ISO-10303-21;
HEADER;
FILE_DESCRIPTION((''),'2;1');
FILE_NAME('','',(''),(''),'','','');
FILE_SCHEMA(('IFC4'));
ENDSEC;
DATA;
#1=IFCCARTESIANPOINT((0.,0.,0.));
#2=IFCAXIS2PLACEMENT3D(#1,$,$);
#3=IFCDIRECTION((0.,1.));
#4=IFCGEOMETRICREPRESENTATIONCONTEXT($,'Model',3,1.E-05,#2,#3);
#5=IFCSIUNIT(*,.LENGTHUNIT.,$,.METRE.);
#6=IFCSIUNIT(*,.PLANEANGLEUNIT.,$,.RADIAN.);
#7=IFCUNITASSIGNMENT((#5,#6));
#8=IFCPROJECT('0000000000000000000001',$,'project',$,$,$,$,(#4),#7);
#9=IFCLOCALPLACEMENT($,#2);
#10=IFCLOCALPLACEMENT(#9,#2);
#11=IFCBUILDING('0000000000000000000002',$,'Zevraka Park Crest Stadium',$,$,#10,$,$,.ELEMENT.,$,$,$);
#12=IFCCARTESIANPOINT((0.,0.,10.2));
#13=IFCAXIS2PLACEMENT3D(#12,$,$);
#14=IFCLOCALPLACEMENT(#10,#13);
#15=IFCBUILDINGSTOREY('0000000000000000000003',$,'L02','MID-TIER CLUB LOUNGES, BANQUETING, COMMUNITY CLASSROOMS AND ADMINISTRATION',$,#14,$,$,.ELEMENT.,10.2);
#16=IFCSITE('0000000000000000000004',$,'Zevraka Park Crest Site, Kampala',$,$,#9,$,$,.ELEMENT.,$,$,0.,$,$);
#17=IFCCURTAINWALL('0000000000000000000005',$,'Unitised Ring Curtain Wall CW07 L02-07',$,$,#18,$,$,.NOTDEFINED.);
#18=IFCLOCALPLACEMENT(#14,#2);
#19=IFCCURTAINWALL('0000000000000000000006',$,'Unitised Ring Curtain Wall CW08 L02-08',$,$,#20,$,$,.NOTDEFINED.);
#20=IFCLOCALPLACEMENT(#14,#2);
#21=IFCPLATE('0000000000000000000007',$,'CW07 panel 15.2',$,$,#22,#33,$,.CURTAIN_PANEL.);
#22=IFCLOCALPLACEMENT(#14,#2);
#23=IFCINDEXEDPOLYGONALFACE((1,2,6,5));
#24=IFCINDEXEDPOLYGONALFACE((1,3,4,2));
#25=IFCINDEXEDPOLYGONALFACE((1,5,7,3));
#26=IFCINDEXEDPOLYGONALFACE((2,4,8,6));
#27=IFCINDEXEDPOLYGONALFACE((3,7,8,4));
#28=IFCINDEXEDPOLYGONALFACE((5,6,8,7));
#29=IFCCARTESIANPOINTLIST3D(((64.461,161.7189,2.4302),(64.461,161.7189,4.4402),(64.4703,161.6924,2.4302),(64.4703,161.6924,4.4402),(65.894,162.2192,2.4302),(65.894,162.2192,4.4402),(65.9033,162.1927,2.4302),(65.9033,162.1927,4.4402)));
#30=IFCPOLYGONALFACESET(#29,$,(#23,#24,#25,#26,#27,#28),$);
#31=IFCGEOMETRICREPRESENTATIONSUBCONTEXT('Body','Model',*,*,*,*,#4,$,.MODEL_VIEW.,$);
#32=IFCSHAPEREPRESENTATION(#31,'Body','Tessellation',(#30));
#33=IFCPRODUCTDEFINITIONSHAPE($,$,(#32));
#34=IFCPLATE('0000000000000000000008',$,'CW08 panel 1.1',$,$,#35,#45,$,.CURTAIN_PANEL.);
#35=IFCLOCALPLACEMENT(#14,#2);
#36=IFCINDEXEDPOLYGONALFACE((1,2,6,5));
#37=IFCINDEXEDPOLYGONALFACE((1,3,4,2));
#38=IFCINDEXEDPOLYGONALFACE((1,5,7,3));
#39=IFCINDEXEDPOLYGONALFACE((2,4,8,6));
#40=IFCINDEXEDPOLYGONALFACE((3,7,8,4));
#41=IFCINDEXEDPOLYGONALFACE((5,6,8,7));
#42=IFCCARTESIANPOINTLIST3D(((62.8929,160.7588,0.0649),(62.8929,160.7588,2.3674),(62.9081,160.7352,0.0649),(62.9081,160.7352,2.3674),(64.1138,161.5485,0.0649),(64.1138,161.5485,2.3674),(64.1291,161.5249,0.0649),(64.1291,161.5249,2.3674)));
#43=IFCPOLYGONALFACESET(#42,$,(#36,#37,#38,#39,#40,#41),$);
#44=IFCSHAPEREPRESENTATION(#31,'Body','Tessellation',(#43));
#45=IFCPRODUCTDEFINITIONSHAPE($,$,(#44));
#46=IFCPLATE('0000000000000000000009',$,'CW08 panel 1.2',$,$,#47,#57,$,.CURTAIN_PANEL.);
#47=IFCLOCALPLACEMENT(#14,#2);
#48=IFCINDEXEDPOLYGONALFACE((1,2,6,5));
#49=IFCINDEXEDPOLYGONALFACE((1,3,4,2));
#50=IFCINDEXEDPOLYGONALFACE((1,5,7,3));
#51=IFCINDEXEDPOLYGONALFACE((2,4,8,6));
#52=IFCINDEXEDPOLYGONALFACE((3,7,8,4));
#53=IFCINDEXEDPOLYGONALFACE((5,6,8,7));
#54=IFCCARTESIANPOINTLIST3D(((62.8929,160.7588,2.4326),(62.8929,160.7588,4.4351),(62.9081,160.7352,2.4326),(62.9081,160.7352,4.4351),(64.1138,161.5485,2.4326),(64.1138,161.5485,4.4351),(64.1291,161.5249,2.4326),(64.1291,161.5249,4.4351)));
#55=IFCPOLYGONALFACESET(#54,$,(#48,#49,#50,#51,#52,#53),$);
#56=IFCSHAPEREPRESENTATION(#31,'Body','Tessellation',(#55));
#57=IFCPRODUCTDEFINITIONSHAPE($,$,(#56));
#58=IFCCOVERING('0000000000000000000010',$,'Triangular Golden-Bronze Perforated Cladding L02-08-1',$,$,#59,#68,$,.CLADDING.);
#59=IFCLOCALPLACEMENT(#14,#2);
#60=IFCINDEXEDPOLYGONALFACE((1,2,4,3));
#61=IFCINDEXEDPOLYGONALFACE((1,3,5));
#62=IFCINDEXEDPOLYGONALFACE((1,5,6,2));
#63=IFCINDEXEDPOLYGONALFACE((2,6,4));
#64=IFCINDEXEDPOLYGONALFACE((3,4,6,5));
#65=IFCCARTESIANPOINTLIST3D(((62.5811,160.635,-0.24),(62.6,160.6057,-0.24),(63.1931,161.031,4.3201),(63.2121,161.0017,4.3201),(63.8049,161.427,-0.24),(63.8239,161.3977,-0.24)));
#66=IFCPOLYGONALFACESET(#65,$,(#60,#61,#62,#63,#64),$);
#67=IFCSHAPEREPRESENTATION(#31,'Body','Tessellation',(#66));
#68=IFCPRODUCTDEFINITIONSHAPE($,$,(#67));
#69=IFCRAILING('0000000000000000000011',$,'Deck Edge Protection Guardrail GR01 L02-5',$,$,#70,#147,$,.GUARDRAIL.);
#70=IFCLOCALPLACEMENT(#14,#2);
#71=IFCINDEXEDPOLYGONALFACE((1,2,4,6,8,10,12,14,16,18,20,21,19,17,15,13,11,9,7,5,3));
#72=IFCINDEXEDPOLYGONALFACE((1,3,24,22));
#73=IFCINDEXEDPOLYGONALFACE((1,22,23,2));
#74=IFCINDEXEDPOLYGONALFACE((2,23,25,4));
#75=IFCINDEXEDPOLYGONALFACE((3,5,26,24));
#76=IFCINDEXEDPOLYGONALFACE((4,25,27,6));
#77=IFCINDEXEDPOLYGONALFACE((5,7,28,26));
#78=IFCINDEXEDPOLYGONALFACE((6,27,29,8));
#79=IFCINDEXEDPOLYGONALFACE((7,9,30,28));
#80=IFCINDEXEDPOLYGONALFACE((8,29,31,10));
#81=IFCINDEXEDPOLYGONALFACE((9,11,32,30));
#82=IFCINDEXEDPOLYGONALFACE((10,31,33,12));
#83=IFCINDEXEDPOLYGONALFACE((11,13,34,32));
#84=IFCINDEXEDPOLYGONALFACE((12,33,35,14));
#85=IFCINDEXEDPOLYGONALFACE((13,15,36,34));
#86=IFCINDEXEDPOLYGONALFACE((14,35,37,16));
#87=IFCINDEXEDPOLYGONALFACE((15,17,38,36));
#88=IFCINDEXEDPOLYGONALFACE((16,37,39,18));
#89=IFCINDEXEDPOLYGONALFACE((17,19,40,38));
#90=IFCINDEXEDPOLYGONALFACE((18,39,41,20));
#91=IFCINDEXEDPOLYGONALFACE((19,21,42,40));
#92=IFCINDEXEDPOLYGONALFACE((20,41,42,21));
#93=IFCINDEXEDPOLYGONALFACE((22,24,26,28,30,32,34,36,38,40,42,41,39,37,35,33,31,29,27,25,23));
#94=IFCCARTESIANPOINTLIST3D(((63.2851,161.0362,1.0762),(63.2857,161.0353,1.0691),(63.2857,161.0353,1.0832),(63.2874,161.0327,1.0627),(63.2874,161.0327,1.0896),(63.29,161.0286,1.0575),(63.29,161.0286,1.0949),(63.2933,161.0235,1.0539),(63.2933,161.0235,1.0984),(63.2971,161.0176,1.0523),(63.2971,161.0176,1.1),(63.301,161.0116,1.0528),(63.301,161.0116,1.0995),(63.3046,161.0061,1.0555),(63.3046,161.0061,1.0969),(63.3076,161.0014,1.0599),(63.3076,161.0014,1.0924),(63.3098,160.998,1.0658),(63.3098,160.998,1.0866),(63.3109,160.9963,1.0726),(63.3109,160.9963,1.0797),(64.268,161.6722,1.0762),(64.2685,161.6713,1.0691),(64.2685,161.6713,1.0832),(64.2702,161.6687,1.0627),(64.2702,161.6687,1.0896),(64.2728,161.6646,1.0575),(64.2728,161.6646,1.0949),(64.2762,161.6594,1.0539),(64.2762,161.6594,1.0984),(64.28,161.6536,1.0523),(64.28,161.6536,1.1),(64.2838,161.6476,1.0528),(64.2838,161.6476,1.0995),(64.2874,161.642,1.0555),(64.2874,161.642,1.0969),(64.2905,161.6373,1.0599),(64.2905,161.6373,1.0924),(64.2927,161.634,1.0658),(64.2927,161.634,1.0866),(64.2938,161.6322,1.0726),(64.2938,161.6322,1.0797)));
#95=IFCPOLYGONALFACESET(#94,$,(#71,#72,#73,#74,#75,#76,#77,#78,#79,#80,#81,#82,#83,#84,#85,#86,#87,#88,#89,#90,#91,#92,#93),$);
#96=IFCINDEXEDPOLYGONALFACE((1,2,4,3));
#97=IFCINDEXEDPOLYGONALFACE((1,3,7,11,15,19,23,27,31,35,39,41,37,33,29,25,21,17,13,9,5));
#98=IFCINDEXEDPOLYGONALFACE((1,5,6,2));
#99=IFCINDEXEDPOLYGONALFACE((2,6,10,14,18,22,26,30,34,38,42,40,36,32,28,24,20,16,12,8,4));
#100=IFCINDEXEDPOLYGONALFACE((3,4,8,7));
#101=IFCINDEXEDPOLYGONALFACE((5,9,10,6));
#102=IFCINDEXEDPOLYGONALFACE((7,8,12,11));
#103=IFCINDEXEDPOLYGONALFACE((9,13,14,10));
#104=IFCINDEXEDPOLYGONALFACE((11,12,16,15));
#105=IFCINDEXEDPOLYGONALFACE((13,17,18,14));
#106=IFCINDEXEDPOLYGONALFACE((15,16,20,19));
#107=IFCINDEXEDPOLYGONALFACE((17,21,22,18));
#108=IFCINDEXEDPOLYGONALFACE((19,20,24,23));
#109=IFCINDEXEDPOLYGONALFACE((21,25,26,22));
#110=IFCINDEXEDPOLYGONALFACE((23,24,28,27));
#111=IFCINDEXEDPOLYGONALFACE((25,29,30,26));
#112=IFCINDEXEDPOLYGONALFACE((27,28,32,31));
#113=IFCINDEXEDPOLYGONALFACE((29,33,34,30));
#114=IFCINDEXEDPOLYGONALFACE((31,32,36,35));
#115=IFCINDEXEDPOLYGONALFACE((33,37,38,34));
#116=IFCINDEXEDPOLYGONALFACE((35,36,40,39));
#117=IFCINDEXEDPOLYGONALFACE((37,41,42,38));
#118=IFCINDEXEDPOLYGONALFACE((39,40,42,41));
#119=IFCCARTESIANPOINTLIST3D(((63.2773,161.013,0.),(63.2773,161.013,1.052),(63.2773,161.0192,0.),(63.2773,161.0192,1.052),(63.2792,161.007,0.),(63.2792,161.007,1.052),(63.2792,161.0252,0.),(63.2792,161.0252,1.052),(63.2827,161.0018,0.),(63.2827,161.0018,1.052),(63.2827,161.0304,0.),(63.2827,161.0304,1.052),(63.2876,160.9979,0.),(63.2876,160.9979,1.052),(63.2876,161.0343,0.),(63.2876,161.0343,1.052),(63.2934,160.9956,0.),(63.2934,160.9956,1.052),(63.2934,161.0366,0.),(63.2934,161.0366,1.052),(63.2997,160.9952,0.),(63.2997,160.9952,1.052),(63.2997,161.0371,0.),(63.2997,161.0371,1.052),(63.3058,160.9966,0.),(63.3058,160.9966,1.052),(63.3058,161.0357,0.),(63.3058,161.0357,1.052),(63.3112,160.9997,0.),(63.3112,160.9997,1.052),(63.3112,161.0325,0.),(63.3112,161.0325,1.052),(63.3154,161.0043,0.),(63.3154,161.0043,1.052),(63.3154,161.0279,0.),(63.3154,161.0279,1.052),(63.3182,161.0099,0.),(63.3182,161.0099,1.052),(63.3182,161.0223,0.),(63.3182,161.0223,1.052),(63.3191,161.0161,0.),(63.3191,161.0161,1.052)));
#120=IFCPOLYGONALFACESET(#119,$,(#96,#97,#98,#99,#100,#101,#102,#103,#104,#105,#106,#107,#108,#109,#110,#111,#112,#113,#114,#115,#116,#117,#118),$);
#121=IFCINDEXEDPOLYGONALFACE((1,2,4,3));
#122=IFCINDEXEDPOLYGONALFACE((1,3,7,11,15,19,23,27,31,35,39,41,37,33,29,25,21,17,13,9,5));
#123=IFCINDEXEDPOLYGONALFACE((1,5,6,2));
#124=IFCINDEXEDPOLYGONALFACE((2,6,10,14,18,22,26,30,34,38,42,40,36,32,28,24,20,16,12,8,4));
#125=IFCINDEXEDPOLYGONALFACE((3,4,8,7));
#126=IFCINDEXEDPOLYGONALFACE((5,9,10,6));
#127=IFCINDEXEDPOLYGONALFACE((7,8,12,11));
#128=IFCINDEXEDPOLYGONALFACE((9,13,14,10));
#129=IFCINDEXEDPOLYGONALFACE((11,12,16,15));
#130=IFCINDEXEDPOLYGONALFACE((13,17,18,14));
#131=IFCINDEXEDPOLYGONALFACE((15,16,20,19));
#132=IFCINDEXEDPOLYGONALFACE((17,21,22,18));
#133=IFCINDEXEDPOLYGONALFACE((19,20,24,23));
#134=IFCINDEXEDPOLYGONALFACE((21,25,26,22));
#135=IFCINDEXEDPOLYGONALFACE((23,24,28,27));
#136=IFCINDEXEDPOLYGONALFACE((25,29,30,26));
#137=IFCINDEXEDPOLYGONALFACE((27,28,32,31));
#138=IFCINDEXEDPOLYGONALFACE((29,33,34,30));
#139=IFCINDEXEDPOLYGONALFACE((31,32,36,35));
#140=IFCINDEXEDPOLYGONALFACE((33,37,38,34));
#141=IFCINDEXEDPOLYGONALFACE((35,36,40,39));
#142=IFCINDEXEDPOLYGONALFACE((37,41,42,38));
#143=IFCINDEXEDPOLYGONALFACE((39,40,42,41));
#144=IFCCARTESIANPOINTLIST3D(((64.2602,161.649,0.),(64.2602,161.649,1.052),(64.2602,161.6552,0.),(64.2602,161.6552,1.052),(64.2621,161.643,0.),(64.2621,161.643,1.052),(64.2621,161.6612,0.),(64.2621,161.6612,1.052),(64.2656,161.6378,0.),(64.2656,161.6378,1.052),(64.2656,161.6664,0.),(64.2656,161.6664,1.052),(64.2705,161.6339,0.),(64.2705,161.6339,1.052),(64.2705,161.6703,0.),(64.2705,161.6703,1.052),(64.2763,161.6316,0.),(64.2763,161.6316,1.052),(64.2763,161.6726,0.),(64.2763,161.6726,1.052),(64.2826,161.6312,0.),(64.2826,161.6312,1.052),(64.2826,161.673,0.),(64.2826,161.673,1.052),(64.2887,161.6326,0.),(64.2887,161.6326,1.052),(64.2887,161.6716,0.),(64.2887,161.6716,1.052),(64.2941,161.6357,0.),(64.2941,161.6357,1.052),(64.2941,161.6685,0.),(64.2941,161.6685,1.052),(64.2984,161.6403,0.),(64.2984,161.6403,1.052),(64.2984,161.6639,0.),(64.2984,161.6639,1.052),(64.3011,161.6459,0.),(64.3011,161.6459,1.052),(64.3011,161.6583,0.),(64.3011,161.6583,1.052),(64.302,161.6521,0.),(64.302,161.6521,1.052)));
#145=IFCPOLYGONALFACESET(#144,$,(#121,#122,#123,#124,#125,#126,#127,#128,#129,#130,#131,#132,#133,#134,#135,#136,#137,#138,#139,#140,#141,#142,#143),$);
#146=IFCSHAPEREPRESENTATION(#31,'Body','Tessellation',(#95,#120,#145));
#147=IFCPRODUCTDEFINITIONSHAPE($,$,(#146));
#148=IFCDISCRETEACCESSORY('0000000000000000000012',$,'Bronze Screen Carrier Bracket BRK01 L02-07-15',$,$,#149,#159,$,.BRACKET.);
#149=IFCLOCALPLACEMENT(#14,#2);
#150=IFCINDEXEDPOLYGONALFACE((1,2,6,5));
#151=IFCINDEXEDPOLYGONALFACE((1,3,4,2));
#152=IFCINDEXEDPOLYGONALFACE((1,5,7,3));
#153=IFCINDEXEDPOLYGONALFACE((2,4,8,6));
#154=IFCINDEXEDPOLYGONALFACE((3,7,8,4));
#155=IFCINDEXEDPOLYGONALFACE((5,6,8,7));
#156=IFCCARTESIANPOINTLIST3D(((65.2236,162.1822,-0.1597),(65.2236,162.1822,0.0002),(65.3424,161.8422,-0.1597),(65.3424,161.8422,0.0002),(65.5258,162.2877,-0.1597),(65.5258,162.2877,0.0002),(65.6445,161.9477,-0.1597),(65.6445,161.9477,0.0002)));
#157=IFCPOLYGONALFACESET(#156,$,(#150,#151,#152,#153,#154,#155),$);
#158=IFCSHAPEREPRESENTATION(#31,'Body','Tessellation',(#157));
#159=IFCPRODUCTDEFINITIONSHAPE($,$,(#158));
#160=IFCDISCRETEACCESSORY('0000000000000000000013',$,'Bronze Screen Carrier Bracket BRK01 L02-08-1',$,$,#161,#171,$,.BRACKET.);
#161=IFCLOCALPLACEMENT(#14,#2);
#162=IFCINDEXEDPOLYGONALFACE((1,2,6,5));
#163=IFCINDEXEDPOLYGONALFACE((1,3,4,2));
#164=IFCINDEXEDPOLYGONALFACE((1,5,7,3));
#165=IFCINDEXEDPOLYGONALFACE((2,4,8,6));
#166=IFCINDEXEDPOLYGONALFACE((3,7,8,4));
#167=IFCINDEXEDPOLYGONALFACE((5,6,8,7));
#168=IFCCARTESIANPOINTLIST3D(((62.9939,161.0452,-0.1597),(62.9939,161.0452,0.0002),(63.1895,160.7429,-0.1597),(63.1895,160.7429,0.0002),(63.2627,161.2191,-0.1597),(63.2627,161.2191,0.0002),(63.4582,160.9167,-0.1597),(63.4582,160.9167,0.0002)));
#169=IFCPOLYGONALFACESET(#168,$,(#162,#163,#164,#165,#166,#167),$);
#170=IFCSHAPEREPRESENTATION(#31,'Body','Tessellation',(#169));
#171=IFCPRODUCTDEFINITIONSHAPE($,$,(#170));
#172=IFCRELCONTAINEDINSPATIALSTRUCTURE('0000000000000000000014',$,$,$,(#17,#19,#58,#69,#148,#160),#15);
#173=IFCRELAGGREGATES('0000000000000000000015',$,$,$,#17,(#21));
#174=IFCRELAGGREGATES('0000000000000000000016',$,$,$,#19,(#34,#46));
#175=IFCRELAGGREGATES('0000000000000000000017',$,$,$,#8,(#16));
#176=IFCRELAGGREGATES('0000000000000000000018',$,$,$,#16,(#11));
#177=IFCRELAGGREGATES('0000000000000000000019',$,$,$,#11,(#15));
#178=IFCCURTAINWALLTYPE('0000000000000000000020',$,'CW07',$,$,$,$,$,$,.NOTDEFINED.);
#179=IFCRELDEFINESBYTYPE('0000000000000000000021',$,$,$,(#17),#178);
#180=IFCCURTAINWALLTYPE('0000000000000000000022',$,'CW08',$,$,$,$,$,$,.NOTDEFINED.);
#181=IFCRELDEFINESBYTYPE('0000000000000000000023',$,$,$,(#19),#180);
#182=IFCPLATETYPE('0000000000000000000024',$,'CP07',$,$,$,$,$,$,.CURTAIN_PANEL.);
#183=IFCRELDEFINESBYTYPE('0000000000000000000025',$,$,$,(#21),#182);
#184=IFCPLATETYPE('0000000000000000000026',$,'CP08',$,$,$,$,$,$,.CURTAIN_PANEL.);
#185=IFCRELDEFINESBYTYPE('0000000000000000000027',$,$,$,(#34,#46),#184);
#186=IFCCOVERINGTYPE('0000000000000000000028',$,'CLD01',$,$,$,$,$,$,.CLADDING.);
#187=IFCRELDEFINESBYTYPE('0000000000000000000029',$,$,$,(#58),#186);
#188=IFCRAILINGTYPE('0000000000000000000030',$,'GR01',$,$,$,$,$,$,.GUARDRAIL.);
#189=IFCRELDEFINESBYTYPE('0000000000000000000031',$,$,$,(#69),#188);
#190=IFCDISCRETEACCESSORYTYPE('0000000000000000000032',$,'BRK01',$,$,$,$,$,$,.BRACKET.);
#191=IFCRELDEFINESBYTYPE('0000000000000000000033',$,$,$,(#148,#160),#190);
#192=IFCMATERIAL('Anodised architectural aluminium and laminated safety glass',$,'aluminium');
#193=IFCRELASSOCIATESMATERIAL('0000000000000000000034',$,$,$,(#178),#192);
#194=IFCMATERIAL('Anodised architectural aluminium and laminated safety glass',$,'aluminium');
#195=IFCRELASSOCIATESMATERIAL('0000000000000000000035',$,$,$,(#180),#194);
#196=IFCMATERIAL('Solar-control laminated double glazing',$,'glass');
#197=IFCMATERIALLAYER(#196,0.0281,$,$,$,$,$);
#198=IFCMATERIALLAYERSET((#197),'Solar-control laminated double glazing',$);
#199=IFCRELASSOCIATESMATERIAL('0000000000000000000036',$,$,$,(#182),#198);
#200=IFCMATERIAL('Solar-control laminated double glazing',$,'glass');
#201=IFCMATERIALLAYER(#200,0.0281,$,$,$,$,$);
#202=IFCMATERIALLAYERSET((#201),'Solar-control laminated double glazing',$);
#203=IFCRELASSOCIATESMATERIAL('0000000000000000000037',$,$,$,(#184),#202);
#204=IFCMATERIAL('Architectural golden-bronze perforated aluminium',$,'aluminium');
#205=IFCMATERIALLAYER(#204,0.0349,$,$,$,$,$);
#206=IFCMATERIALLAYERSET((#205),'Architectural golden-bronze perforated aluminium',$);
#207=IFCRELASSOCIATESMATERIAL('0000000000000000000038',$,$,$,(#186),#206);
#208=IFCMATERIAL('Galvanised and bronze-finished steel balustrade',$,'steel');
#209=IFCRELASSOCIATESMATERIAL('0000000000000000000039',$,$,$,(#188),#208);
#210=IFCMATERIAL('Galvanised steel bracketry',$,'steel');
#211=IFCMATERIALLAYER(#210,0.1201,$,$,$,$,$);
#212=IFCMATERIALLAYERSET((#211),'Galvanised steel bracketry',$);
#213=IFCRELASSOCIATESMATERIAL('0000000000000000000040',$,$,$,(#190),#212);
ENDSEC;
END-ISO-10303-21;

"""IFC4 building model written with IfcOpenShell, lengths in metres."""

from ifc_helpers import new_model, si_unit, direction, frame, origin, origin_2d, place, context, subcontext, project, spatial, polyline, rectangle, circle, outline, extrude, material, layer, layer_set, type_object, element, aggregate, save


model = new_model("IFC4")

# Units and contexts
model_context = context("Model", 3, precision=1e-05, world=origin(), true_north=direction((0.0, 1.0)))
body_context = subcontext(model_context, "Body", "Model", "MODEL_VIEW")
ifc_project = project(units=[si_unit("LENGTHUNIT", "METRE"), si_unit("PLANEANGLEUNIT", "RADIAN")], contexts=[model_context])

# Site, building, storey
site_placement = place(None, origin())
site = spatial("IfcSite", under=ifc_project, at=site_placement, Name="Zevraka Park Crest Site, Kampala", CompositionType="ELEMENT", RefElevation=0.0)
building_placement = place(site_placement, origin())
building = spatial("IfcBuilding", under=site, at=building_placement, Name="Zevraka Park Crest Stadium", CompositionType="ELEMENT")
storey_placement = place(building_placement, frame((0.0, 0.0, 10.2)))
storey = spatial("IfcBuildingStorey", under=building, at=storey_placement, Name="L02", Description="MID-TIER CLUB LOUNGES, BANQUETING, COMMUNITY CLASSROOMS AND ADMINISTRATION", CompositionType="ELEMENT", Elevation=10.2)

# Curtain wall
ifc_material_1 = material(Name="Anodised architectural aluminium and laminated safety glass", Category="aluminium")
curtain_wall_type_1 = type_object("IfcCurtainWallType", Name="CW07", PredefinedType="NOTDEFINED", material=ifc_material_1)
curtain_wall_1_placement = place(storey_placement, origin())
curtain_wall_1 = element("IfcCurtainWall", 1, at=curtain_wall_1_placement, inside=storey, type_object=curtain_wall_type_1, Name="Unitised Ring Curtain Wall CW07 L02-07", PredefinedType="NOTDEFINED")

# Curtain wall
ifc_material_2 = material(Name="Anodised architectural aluminium and laminated safety glass", Category="aluminium")
curtain_wall_type_2 = type_object("IfcCurtainWallType", Name="CW08", PredefinedType="NOTDEFINED", material=ifc_material_2)
curtain_wall_2_placement = place(storey_placement, origin())
curtain_wall_2 = element("IfcCurtainWall", 2, at=curtain_wall_2_placement, inside=storey, type_object=curtain_wall_type_2, Name="Unitised Ring Curtain Wall CW08 L02-08", PredefinedType="NOTDEFINED")

# Plates
ifc_material_3 = material(Name="Solar-control laminated double glazing", Category="glass")
ifc_layer_1 = layer(ifc_material_3, 0.0281)
ifc_layer_set_1 = layer_set([ifc_layer_1], Name="Solar-control laminated double glazing")
plate_type_1 = type_object("IfcPlateType", Name="CP07", PredefinedType="CURTAIN_PANEL", material=ifc_layer_set_1)
plate_1_placement = place(storey_placement, frame((65.1821, 161.9558, 2.4302), z_axis=(0.0, 0.0, 1.0), x_axis=(-0.944114, -0.329619, 0.0)))
plate_1 = element("IfcPlate", 3, at=plate_1_placement, type_object=plate_type_1, Name="CW07 panel 15.2", PredefinedType="CURTAIN_PANEL", context=body_context, shape_type="SweptSolid", body=[
    extrude(rectangle(XDim=1.5178, YDim=0.0281, at=origin_2d()), origin(), (0.0, 0.0, 1.0), 2.01),
])
aggregate(curtain_wall_1, [plate_1])
ifc_material_4 = material(Name="Solar-control laminated double glazing", Category="glass")
ifc_layer_2 = layer(ifc_material_4, 0.0281)
ifc_layer_set_2 = layer_set([ifc_layer_2], Name="Solar-control laminated double glazing")
plate_type_2 = type_object("IfcPlateType", Name="CP08", PredefinedType="CURTAIN_PANEL", material=ifc_layer_set_2)
plate_2_placement = place(storey_placement, frame((63.511, 161.1418, 0.0649), z_axis=(0.0, 0.0, 1.0), x_axis=(-0.83967, -0.543096, 0.0)))
plate_2 = element("IfcPlate", 4, at=plate_2_placement, type_object=plate_type_2, Name="CW08 panel 1.1", PredefinedType="CURTAIN_PANEL", context=body_context, shape_type="SweptSolid", body=[
    extrude(rectangle(XDim=1.4541, YDim=0.0281, at=origin_2d()), origin(), (0.0, 0.0, 1.0), 2.3025),
])
plate_3_placement = place(storey_placement, frame((63.511, 161.1418, 2.4326), z_axis=(0.0, 0.0, 1.0), x_axis=(-0.83967, -0.543096, 0.0)))
plate_3 = element("IfcPlate", 5, at=plate_3_placement, type_object=plate_type_2, Name="CW08 panel 1.2", PredefinedType="CURTAIN_PANEL", context=body_context, shape_type="SweptSolid", body=[
    extrude(rectangle(XDim=1.4541, YDim=0.0281, at=origin_2d()), origin(), (0.0, 0.0, 1.0), 2.0024),
])
aggregate(curtain_wall_2, [plate_2, plate_3])

# Covering
ifc_material_5 = material(Name="Architectural golden-bronze perforated aluminium", Category="aluminium")
ifc_layer_3 = layer(ifc_material_5, 0.0349)
ifc_layer_set_3 = layer_set([ifc_layer_3], Name="Architectural golden-bronze perforated aluminium")
covering_type = type_object("IfcCoveringType", Name="CLD01", PredefinedType="CLADDING", material=ifc_layer_set_3)
covering_placement = place(storey_placement, frame((63.8049, 161.427, -0.24), z_axis=(-0.543286, 0.839548, 0.000015), x_axis=(-0.839548, -0.543286, 0.0)))
element("IfcCovering", 6, at=covering_placement, inside=storey, type_object=covering_type, Name="Triangular Golden-Bronze Perforated Cladding L02-08-1", PredefinedType="CLADDING", context=body_context, shape_type="SweptSolid", body=[
    extrude(outline(polyline([(0.0, 0.0), (1.4578, 0.0), (0.7288, 4.5601), (0.0, 0.0)])), origin(), (0.0, 0.0, -1.0), 0.0349),
])

# Railing
ifc_material_6 = material(Name="Galvanised and bronze-finished steel balustrade", Category="steel")
railing_type = type_object("IfcRailingType", Name="GR01", PredefinedType="GUARDRAIL", material=ifc_material_6)
railing_1_placement = place(storey_placement, frame((63.2981, 161.0161, 0.0)))
element("IfcRailing", 7, at=railing_1_placement, inside=storey, type_object=railing_type, Name="Deck Edge Protection Guardrail GR01 L02-5", PredefinedType="GUARDRAIL", context=body_context, shape_type="SweptSolid", body=[
    extrude(circle(Radius=0.0239, at=origin_2d()), frame((0.0, 0.0, 1.0762), z_axis=(0.839576, 0.543243, 0.0), x_axis=(-0.543243, 0.839576, 0.0)), (0.0, 0.0, 1.0), 1.1707),
    extrude(circle(Radius=0.021, at=origin_2d()), origin(), (0.0, 0.0, 1.0), 1.052),
    extrude(circle(Radius=0.021, at=origin_2d()), frame((0.9829, 0.636, 0.0)), (0.0, 0.0, 1.0), 1.052),
])

# Discrete accessories
ifc_material_7 = material(Name="Galvanised steel bracketry", Category="steel")
ifc_layer_4 = layer(ifc_material_7, 0.1201)
ifc_layer_set_4 = layer_set([ifc_layer_4], Name="Galvanised steel bracketry")
discrete_accessory_type = type_object("IfcDiscreteAccessoryType", Name="BRK01", PredefinedType="BRACKET", material=ifc_layer_set_4)
for number, where, z_axis, x_axis, name in (
    (8, (65.4341, 162.0649, -0.1597), (0.0, 0.0, 1.0), (-0.944089, -0.329691, 0.0), "Bronze Screen Carrier Bracket BRK01 L02-07-15"),
    (9, (63.2261, 160.981, -0.1597), (0.0, 0.0, 1.0), (-0.839715, -0.543028, 0.0), "Bronze Screen Carrier Bracket BRK01 L02-08-1"),
):
    element("IfcDiscreteAccessory", number, at=place(storey_placement, frame(where, z_axis=z_axis, x_axis=x_axis)), inside=storey, type_object=discrete_accessory_type, Name=name, PredefinedType="BRACKET", context=body_context, shape_type="SweptSolid", body=[
        extrude(rectangle(XDim=0.3201, YDim=0.3601, at=origin_2d()), origin(), (0.0, 0.0, 1.0), 0.1599),
    ])

save(model, "model.ifc")
